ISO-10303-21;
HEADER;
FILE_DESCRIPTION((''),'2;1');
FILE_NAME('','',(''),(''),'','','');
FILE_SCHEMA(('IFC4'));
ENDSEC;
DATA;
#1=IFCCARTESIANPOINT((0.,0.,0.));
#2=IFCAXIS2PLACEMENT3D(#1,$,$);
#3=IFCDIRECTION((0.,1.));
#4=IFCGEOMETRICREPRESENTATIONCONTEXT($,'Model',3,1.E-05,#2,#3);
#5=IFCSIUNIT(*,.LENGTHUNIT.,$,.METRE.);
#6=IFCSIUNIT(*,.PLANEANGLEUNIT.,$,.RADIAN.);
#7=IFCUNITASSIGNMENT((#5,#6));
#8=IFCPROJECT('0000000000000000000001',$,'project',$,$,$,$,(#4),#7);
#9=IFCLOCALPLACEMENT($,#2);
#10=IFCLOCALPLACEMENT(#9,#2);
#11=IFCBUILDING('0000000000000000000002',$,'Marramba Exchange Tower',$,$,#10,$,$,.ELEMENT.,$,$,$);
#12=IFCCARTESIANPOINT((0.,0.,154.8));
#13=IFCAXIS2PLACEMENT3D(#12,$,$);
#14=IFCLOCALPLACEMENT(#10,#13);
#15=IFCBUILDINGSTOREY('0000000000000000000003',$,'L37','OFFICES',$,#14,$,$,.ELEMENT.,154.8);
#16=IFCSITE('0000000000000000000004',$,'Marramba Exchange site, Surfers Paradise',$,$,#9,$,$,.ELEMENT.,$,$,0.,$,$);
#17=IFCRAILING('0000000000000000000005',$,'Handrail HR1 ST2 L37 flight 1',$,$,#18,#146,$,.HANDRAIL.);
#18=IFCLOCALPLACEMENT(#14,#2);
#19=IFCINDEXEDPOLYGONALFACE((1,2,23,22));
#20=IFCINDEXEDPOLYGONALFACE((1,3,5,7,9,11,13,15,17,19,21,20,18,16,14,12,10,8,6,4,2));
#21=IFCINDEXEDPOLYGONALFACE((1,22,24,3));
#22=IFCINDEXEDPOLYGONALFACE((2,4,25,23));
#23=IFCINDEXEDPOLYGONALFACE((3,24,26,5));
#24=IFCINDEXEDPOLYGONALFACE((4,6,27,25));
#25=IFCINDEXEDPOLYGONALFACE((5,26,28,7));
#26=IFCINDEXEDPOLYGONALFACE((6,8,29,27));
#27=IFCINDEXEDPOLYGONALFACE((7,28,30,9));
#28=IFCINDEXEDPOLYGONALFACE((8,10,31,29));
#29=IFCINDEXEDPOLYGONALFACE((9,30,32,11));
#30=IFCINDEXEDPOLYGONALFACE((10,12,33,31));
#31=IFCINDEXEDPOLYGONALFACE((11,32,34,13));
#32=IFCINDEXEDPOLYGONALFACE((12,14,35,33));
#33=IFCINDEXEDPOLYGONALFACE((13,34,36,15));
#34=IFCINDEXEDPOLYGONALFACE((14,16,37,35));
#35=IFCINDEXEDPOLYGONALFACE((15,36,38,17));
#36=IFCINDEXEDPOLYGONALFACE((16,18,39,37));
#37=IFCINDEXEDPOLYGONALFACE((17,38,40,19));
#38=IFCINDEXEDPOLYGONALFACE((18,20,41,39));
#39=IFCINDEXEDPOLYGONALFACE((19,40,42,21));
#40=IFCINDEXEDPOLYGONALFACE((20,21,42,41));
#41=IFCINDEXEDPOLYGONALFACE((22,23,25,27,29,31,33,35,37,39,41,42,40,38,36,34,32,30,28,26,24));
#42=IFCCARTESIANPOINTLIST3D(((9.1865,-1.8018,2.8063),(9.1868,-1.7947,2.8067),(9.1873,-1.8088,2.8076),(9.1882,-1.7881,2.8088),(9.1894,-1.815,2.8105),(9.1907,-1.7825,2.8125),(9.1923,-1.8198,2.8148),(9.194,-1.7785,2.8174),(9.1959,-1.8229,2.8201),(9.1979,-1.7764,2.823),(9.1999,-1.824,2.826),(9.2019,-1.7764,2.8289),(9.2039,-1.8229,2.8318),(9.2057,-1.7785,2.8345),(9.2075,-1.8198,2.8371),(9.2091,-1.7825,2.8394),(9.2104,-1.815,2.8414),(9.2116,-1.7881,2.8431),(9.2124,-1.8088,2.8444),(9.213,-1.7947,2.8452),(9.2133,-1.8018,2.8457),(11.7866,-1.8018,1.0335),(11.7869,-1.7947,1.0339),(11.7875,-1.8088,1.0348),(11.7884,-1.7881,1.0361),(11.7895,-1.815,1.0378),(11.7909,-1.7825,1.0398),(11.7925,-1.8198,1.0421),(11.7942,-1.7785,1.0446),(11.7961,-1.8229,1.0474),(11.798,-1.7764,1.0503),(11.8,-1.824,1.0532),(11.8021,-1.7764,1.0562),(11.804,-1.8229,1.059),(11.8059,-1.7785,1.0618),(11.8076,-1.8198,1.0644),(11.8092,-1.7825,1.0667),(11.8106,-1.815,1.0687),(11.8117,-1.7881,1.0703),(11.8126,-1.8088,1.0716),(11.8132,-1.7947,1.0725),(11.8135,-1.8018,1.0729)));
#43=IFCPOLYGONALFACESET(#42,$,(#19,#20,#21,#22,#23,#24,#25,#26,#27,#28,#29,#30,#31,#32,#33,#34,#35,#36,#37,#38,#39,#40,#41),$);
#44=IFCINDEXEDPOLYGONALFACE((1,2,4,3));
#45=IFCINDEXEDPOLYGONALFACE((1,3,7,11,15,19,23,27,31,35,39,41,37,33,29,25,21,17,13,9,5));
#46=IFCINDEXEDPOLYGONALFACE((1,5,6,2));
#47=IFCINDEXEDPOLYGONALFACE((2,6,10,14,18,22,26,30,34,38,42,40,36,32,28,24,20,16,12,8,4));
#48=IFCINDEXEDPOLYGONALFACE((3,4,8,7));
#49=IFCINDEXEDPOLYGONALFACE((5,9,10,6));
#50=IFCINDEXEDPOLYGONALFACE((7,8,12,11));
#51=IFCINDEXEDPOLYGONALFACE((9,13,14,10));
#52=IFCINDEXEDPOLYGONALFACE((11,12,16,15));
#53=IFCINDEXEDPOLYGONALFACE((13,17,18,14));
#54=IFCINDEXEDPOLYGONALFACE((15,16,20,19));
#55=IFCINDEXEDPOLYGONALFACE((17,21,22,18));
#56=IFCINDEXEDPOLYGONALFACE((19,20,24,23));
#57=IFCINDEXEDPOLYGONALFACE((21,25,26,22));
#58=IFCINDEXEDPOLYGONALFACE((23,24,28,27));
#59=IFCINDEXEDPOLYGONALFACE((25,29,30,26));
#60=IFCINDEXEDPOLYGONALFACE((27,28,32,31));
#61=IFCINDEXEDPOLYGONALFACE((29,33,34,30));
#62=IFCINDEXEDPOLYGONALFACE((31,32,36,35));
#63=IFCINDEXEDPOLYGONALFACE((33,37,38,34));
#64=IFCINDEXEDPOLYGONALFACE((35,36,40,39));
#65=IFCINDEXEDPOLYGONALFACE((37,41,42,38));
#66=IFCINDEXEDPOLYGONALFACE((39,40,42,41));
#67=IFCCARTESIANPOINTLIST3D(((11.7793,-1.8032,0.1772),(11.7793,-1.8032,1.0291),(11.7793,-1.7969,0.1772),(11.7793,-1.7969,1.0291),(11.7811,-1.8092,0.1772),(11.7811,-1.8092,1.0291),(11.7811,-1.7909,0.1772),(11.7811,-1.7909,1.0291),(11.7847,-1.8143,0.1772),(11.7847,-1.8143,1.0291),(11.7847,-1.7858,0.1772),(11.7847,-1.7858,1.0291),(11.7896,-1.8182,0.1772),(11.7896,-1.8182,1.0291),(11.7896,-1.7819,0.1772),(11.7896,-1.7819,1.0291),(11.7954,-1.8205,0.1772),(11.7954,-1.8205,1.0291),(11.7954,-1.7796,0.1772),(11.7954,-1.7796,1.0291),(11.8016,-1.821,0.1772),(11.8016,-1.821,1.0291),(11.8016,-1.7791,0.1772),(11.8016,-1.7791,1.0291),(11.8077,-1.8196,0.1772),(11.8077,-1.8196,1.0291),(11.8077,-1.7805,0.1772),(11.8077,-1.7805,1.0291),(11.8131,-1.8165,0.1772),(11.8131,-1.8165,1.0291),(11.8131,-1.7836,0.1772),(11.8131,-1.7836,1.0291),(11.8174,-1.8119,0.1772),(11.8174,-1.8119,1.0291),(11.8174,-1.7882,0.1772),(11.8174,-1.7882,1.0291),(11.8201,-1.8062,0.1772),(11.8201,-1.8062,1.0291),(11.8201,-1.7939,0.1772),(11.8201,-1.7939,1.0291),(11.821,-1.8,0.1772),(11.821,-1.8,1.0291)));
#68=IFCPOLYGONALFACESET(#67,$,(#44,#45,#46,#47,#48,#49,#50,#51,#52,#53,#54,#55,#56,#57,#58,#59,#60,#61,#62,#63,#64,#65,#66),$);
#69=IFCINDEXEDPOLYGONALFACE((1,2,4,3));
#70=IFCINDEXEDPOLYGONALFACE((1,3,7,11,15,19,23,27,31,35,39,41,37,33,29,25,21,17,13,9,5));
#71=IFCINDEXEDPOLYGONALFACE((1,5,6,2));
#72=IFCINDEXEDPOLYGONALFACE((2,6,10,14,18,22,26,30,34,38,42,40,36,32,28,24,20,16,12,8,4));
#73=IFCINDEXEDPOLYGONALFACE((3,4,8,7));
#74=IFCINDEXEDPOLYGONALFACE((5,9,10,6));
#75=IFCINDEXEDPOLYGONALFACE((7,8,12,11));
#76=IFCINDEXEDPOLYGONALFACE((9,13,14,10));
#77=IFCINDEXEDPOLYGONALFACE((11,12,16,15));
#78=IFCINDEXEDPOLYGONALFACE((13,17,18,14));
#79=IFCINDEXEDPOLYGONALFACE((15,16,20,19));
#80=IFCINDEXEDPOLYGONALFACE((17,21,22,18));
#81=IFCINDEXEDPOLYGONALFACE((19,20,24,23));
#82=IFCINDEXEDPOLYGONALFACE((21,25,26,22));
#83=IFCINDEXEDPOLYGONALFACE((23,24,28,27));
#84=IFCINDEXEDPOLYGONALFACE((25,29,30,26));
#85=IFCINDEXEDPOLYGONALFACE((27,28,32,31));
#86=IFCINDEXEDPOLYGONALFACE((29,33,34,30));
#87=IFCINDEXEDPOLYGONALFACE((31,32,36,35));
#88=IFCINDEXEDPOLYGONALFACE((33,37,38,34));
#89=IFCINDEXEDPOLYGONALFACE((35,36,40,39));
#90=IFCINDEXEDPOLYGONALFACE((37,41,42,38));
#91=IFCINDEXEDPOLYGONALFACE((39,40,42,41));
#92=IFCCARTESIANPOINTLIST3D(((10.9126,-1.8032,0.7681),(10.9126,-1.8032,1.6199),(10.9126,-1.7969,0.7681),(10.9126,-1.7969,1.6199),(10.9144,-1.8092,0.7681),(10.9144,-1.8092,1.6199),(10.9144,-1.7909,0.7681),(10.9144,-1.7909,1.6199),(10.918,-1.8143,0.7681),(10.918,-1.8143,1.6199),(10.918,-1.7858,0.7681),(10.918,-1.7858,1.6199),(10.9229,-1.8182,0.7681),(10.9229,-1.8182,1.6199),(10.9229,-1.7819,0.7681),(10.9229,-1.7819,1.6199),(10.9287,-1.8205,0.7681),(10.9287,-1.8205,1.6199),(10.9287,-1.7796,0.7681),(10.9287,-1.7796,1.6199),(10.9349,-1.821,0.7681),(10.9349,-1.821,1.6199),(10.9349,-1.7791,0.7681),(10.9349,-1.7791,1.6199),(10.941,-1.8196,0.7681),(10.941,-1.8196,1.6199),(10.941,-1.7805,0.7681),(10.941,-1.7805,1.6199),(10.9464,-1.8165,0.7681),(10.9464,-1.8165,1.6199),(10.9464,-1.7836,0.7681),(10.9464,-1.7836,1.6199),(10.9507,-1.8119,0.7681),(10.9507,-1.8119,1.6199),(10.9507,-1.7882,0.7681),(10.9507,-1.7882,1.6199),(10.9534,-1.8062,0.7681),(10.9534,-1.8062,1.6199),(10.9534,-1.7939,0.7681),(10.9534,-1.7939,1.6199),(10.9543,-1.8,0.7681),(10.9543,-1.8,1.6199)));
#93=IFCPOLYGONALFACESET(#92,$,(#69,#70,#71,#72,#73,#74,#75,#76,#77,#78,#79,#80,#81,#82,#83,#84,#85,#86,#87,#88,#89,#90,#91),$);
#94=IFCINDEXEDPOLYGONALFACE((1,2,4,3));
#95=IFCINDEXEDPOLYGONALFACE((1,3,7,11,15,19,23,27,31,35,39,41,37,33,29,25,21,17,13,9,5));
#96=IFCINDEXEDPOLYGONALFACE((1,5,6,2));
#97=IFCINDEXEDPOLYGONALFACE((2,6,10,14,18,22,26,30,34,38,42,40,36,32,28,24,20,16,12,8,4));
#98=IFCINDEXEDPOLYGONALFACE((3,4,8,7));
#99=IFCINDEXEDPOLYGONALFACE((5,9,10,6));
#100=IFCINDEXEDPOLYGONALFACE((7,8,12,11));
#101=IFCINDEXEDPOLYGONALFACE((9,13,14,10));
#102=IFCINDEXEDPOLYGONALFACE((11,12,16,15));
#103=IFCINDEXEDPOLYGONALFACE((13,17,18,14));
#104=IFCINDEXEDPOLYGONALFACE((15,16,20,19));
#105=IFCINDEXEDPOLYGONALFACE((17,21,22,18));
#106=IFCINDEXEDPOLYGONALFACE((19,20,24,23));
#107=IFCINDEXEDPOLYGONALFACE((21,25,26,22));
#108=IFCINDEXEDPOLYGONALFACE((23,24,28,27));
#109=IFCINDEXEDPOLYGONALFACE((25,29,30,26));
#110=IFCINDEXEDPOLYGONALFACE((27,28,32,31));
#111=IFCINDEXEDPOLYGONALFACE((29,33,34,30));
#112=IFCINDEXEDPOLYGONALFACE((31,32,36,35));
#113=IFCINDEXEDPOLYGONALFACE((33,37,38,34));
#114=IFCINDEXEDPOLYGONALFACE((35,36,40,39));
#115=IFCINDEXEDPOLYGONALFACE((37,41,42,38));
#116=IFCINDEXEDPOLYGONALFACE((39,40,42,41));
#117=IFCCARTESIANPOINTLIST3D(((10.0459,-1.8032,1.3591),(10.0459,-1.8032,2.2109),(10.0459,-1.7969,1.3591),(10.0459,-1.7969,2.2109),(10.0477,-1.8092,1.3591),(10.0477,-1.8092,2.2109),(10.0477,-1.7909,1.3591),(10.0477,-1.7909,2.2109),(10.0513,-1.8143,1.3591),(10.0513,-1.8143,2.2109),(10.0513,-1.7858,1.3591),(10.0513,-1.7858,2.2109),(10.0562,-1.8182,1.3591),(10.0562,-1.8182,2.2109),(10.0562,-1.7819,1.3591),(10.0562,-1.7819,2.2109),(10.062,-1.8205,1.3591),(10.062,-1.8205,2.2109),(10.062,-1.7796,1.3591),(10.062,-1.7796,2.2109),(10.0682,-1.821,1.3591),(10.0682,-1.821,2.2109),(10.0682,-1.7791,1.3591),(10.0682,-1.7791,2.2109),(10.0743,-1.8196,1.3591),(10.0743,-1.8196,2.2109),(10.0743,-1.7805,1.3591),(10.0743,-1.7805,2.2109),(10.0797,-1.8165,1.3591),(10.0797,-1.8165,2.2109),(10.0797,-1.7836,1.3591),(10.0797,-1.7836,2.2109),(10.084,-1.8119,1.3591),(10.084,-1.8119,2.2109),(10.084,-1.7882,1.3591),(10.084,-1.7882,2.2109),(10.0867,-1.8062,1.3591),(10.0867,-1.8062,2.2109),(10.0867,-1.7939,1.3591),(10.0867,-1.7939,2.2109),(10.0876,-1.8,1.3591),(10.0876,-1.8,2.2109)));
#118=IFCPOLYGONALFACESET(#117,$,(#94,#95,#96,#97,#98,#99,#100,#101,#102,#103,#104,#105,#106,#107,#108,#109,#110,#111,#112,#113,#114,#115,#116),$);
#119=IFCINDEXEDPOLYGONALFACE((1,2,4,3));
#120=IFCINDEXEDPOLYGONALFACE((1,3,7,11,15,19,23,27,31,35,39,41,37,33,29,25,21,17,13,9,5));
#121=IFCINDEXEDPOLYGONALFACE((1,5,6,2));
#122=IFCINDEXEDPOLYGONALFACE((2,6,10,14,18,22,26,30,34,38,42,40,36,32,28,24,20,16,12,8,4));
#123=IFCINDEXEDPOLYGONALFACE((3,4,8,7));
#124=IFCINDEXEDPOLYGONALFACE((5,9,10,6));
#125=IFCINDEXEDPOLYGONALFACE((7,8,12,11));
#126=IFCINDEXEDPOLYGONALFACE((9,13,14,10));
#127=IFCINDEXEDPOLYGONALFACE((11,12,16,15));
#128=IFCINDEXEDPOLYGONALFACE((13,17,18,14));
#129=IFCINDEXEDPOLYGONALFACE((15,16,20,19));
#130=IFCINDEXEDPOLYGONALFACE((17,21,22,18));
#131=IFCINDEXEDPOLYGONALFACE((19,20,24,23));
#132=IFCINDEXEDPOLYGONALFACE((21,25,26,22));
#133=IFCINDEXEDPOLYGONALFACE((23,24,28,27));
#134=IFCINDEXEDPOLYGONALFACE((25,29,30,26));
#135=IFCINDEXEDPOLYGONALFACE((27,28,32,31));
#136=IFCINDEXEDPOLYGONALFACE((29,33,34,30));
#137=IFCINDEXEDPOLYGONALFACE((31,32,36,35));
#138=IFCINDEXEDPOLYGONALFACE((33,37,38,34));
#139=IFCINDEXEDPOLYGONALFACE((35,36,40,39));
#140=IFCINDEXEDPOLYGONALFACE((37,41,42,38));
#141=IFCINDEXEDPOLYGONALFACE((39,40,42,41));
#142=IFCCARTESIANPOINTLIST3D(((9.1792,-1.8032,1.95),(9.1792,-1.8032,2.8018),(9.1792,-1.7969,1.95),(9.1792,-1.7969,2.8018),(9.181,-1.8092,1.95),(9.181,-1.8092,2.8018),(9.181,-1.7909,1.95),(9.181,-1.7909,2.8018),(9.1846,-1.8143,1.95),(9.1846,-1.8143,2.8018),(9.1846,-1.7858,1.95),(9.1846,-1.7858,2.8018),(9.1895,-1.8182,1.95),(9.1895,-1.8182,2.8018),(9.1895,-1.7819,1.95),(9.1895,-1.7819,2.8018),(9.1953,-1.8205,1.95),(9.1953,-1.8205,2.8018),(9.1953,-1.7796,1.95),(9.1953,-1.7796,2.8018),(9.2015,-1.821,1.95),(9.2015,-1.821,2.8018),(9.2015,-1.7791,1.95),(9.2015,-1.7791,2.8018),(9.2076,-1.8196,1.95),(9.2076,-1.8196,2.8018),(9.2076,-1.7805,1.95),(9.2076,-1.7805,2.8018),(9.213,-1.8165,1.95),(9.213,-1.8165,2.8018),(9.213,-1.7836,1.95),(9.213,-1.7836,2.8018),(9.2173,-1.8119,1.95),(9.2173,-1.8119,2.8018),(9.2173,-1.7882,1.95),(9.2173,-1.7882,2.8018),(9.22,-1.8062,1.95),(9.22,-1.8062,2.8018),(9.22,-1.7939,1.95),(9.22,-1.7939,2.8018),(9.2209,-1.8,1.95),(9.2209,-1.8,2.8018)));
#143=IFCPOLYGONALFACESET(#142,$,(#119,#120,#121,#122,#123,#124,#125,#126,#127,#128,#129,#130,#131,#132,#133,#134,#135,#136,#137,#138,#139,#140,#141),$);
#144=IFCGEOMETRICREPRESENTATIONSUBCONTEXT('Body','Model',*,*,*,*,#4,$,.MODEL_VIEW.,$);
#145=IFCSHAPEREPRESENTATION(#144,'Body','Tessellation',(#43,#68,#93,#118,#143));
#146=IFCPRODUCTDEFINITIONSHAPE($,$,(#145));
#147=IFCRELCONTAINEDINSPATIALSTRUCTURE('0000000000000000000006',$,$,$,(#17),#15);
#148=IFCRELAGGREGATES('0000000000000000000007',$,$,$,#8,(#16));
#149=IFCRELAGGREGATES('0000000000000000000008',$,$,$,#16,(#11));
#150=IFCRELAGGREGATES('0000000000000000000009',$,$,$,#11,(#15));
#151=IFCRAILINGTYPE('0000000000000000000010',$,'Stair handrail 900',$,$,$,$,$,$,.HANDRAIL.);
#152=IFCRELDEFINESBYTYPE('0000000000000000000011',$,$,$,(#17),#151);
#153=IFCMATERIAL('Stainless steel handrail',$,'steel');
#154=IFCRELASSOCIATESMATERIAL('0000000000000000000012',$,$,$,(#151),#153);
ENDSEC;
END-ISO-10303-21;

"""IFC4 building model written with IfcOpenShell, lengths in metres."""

from ifc_helpers import new_model, si_unit, direction, frame, origin, origin_2d, place, context, subcontext, project, spatial, circle, extrude, material, type_object, element, save


model = new_model("IFC4")

# Units and contexts
model_context = context("Model", 3, precision=1e-05, world=origin(), true_north=direction((0.0, 1.0)))
body_context = subcontext(model_context, "Body", "Model", "MODEL_VIEW")
ifc_project = project(units=[si_unit("LENGTHUNIT", "METRE"), si_unit("PLANEANGLEUNIT", "RADIAN")], contexts=[model_context])

# Site, building, storey
site_placement = place(None, origin())
site = spatial("IfcSite", under=ifc_project, at=site_placement, Name="Marramba Exchange site, Surfers Paradise", CompositionType="ELEMENT", RefElevation=0.0)
building_placement = place(site_placement, origin())
building = spatial("IfcBuilding", under=site, at=building_placement, Name="Marramba Exchange Tower", CompositionType="ELEMENT")
storey_placement = place(building_placement, frame((0.0, 0.0, 154.8)))
storey = spatial("IfcBuildingStorey", under=building, at=storey_placement, Name="L37", Description="OFFICES", CompositionType="ELEMENT", Elevation=154.8)

# Railing
ifc_material_1 = material(Name="Stainless steel handrail", Category="steel")
railing_type = type_object("IfcRailingType", Name="Stair handrail 900", PredefinedType="HANDRAIL", material=ifc_material_1)
railing_placement = place(storey_placement, frame((11.8, -1.8, 0.1772)))
element("IfcRailing", 1, at=railing_placement, inside=storey, type_object=railing_type, Name="Handrail HR1 ST2 L37 flight 1", PredefinedType="HANDRAIL", context=body_context, shape_type="SweptSolid", body=[
    extrude(circle(Radius=0.0239, at=origin_2d()), frame((0.0, 0.0, 0.876), z_axis=(-0.82624, 0.0, 0.563318), x_axis=(0.0, -1.0, 0.0)), (0.0, 0.0, 1.0), 3.147),
    extrude(circle(Radius=0.021, at=origin_2d()), origin(), (0.0, 0.0, 1.0), 0.8518),
    extrude(circle(Radius=0.021, at=origin_2d()), frame((-0.8667, 0.0, 0.5908)), (0.0, 0.0, 1.0), 0.8518),
    extrude(circle(Radius=0.021, at=origin_2d()), frame((-1.7334, 0.0, 1.1819)), (0.0, 0.0, 1.0), 0.8518),
    extrude(circle(Radius=0.021, at=origin_2d()), frame((-2.6001, 0.0, 1.7727)), (0.0, 0.0, 1.0), 0.8518),
])

save(model, "model.ifc")
